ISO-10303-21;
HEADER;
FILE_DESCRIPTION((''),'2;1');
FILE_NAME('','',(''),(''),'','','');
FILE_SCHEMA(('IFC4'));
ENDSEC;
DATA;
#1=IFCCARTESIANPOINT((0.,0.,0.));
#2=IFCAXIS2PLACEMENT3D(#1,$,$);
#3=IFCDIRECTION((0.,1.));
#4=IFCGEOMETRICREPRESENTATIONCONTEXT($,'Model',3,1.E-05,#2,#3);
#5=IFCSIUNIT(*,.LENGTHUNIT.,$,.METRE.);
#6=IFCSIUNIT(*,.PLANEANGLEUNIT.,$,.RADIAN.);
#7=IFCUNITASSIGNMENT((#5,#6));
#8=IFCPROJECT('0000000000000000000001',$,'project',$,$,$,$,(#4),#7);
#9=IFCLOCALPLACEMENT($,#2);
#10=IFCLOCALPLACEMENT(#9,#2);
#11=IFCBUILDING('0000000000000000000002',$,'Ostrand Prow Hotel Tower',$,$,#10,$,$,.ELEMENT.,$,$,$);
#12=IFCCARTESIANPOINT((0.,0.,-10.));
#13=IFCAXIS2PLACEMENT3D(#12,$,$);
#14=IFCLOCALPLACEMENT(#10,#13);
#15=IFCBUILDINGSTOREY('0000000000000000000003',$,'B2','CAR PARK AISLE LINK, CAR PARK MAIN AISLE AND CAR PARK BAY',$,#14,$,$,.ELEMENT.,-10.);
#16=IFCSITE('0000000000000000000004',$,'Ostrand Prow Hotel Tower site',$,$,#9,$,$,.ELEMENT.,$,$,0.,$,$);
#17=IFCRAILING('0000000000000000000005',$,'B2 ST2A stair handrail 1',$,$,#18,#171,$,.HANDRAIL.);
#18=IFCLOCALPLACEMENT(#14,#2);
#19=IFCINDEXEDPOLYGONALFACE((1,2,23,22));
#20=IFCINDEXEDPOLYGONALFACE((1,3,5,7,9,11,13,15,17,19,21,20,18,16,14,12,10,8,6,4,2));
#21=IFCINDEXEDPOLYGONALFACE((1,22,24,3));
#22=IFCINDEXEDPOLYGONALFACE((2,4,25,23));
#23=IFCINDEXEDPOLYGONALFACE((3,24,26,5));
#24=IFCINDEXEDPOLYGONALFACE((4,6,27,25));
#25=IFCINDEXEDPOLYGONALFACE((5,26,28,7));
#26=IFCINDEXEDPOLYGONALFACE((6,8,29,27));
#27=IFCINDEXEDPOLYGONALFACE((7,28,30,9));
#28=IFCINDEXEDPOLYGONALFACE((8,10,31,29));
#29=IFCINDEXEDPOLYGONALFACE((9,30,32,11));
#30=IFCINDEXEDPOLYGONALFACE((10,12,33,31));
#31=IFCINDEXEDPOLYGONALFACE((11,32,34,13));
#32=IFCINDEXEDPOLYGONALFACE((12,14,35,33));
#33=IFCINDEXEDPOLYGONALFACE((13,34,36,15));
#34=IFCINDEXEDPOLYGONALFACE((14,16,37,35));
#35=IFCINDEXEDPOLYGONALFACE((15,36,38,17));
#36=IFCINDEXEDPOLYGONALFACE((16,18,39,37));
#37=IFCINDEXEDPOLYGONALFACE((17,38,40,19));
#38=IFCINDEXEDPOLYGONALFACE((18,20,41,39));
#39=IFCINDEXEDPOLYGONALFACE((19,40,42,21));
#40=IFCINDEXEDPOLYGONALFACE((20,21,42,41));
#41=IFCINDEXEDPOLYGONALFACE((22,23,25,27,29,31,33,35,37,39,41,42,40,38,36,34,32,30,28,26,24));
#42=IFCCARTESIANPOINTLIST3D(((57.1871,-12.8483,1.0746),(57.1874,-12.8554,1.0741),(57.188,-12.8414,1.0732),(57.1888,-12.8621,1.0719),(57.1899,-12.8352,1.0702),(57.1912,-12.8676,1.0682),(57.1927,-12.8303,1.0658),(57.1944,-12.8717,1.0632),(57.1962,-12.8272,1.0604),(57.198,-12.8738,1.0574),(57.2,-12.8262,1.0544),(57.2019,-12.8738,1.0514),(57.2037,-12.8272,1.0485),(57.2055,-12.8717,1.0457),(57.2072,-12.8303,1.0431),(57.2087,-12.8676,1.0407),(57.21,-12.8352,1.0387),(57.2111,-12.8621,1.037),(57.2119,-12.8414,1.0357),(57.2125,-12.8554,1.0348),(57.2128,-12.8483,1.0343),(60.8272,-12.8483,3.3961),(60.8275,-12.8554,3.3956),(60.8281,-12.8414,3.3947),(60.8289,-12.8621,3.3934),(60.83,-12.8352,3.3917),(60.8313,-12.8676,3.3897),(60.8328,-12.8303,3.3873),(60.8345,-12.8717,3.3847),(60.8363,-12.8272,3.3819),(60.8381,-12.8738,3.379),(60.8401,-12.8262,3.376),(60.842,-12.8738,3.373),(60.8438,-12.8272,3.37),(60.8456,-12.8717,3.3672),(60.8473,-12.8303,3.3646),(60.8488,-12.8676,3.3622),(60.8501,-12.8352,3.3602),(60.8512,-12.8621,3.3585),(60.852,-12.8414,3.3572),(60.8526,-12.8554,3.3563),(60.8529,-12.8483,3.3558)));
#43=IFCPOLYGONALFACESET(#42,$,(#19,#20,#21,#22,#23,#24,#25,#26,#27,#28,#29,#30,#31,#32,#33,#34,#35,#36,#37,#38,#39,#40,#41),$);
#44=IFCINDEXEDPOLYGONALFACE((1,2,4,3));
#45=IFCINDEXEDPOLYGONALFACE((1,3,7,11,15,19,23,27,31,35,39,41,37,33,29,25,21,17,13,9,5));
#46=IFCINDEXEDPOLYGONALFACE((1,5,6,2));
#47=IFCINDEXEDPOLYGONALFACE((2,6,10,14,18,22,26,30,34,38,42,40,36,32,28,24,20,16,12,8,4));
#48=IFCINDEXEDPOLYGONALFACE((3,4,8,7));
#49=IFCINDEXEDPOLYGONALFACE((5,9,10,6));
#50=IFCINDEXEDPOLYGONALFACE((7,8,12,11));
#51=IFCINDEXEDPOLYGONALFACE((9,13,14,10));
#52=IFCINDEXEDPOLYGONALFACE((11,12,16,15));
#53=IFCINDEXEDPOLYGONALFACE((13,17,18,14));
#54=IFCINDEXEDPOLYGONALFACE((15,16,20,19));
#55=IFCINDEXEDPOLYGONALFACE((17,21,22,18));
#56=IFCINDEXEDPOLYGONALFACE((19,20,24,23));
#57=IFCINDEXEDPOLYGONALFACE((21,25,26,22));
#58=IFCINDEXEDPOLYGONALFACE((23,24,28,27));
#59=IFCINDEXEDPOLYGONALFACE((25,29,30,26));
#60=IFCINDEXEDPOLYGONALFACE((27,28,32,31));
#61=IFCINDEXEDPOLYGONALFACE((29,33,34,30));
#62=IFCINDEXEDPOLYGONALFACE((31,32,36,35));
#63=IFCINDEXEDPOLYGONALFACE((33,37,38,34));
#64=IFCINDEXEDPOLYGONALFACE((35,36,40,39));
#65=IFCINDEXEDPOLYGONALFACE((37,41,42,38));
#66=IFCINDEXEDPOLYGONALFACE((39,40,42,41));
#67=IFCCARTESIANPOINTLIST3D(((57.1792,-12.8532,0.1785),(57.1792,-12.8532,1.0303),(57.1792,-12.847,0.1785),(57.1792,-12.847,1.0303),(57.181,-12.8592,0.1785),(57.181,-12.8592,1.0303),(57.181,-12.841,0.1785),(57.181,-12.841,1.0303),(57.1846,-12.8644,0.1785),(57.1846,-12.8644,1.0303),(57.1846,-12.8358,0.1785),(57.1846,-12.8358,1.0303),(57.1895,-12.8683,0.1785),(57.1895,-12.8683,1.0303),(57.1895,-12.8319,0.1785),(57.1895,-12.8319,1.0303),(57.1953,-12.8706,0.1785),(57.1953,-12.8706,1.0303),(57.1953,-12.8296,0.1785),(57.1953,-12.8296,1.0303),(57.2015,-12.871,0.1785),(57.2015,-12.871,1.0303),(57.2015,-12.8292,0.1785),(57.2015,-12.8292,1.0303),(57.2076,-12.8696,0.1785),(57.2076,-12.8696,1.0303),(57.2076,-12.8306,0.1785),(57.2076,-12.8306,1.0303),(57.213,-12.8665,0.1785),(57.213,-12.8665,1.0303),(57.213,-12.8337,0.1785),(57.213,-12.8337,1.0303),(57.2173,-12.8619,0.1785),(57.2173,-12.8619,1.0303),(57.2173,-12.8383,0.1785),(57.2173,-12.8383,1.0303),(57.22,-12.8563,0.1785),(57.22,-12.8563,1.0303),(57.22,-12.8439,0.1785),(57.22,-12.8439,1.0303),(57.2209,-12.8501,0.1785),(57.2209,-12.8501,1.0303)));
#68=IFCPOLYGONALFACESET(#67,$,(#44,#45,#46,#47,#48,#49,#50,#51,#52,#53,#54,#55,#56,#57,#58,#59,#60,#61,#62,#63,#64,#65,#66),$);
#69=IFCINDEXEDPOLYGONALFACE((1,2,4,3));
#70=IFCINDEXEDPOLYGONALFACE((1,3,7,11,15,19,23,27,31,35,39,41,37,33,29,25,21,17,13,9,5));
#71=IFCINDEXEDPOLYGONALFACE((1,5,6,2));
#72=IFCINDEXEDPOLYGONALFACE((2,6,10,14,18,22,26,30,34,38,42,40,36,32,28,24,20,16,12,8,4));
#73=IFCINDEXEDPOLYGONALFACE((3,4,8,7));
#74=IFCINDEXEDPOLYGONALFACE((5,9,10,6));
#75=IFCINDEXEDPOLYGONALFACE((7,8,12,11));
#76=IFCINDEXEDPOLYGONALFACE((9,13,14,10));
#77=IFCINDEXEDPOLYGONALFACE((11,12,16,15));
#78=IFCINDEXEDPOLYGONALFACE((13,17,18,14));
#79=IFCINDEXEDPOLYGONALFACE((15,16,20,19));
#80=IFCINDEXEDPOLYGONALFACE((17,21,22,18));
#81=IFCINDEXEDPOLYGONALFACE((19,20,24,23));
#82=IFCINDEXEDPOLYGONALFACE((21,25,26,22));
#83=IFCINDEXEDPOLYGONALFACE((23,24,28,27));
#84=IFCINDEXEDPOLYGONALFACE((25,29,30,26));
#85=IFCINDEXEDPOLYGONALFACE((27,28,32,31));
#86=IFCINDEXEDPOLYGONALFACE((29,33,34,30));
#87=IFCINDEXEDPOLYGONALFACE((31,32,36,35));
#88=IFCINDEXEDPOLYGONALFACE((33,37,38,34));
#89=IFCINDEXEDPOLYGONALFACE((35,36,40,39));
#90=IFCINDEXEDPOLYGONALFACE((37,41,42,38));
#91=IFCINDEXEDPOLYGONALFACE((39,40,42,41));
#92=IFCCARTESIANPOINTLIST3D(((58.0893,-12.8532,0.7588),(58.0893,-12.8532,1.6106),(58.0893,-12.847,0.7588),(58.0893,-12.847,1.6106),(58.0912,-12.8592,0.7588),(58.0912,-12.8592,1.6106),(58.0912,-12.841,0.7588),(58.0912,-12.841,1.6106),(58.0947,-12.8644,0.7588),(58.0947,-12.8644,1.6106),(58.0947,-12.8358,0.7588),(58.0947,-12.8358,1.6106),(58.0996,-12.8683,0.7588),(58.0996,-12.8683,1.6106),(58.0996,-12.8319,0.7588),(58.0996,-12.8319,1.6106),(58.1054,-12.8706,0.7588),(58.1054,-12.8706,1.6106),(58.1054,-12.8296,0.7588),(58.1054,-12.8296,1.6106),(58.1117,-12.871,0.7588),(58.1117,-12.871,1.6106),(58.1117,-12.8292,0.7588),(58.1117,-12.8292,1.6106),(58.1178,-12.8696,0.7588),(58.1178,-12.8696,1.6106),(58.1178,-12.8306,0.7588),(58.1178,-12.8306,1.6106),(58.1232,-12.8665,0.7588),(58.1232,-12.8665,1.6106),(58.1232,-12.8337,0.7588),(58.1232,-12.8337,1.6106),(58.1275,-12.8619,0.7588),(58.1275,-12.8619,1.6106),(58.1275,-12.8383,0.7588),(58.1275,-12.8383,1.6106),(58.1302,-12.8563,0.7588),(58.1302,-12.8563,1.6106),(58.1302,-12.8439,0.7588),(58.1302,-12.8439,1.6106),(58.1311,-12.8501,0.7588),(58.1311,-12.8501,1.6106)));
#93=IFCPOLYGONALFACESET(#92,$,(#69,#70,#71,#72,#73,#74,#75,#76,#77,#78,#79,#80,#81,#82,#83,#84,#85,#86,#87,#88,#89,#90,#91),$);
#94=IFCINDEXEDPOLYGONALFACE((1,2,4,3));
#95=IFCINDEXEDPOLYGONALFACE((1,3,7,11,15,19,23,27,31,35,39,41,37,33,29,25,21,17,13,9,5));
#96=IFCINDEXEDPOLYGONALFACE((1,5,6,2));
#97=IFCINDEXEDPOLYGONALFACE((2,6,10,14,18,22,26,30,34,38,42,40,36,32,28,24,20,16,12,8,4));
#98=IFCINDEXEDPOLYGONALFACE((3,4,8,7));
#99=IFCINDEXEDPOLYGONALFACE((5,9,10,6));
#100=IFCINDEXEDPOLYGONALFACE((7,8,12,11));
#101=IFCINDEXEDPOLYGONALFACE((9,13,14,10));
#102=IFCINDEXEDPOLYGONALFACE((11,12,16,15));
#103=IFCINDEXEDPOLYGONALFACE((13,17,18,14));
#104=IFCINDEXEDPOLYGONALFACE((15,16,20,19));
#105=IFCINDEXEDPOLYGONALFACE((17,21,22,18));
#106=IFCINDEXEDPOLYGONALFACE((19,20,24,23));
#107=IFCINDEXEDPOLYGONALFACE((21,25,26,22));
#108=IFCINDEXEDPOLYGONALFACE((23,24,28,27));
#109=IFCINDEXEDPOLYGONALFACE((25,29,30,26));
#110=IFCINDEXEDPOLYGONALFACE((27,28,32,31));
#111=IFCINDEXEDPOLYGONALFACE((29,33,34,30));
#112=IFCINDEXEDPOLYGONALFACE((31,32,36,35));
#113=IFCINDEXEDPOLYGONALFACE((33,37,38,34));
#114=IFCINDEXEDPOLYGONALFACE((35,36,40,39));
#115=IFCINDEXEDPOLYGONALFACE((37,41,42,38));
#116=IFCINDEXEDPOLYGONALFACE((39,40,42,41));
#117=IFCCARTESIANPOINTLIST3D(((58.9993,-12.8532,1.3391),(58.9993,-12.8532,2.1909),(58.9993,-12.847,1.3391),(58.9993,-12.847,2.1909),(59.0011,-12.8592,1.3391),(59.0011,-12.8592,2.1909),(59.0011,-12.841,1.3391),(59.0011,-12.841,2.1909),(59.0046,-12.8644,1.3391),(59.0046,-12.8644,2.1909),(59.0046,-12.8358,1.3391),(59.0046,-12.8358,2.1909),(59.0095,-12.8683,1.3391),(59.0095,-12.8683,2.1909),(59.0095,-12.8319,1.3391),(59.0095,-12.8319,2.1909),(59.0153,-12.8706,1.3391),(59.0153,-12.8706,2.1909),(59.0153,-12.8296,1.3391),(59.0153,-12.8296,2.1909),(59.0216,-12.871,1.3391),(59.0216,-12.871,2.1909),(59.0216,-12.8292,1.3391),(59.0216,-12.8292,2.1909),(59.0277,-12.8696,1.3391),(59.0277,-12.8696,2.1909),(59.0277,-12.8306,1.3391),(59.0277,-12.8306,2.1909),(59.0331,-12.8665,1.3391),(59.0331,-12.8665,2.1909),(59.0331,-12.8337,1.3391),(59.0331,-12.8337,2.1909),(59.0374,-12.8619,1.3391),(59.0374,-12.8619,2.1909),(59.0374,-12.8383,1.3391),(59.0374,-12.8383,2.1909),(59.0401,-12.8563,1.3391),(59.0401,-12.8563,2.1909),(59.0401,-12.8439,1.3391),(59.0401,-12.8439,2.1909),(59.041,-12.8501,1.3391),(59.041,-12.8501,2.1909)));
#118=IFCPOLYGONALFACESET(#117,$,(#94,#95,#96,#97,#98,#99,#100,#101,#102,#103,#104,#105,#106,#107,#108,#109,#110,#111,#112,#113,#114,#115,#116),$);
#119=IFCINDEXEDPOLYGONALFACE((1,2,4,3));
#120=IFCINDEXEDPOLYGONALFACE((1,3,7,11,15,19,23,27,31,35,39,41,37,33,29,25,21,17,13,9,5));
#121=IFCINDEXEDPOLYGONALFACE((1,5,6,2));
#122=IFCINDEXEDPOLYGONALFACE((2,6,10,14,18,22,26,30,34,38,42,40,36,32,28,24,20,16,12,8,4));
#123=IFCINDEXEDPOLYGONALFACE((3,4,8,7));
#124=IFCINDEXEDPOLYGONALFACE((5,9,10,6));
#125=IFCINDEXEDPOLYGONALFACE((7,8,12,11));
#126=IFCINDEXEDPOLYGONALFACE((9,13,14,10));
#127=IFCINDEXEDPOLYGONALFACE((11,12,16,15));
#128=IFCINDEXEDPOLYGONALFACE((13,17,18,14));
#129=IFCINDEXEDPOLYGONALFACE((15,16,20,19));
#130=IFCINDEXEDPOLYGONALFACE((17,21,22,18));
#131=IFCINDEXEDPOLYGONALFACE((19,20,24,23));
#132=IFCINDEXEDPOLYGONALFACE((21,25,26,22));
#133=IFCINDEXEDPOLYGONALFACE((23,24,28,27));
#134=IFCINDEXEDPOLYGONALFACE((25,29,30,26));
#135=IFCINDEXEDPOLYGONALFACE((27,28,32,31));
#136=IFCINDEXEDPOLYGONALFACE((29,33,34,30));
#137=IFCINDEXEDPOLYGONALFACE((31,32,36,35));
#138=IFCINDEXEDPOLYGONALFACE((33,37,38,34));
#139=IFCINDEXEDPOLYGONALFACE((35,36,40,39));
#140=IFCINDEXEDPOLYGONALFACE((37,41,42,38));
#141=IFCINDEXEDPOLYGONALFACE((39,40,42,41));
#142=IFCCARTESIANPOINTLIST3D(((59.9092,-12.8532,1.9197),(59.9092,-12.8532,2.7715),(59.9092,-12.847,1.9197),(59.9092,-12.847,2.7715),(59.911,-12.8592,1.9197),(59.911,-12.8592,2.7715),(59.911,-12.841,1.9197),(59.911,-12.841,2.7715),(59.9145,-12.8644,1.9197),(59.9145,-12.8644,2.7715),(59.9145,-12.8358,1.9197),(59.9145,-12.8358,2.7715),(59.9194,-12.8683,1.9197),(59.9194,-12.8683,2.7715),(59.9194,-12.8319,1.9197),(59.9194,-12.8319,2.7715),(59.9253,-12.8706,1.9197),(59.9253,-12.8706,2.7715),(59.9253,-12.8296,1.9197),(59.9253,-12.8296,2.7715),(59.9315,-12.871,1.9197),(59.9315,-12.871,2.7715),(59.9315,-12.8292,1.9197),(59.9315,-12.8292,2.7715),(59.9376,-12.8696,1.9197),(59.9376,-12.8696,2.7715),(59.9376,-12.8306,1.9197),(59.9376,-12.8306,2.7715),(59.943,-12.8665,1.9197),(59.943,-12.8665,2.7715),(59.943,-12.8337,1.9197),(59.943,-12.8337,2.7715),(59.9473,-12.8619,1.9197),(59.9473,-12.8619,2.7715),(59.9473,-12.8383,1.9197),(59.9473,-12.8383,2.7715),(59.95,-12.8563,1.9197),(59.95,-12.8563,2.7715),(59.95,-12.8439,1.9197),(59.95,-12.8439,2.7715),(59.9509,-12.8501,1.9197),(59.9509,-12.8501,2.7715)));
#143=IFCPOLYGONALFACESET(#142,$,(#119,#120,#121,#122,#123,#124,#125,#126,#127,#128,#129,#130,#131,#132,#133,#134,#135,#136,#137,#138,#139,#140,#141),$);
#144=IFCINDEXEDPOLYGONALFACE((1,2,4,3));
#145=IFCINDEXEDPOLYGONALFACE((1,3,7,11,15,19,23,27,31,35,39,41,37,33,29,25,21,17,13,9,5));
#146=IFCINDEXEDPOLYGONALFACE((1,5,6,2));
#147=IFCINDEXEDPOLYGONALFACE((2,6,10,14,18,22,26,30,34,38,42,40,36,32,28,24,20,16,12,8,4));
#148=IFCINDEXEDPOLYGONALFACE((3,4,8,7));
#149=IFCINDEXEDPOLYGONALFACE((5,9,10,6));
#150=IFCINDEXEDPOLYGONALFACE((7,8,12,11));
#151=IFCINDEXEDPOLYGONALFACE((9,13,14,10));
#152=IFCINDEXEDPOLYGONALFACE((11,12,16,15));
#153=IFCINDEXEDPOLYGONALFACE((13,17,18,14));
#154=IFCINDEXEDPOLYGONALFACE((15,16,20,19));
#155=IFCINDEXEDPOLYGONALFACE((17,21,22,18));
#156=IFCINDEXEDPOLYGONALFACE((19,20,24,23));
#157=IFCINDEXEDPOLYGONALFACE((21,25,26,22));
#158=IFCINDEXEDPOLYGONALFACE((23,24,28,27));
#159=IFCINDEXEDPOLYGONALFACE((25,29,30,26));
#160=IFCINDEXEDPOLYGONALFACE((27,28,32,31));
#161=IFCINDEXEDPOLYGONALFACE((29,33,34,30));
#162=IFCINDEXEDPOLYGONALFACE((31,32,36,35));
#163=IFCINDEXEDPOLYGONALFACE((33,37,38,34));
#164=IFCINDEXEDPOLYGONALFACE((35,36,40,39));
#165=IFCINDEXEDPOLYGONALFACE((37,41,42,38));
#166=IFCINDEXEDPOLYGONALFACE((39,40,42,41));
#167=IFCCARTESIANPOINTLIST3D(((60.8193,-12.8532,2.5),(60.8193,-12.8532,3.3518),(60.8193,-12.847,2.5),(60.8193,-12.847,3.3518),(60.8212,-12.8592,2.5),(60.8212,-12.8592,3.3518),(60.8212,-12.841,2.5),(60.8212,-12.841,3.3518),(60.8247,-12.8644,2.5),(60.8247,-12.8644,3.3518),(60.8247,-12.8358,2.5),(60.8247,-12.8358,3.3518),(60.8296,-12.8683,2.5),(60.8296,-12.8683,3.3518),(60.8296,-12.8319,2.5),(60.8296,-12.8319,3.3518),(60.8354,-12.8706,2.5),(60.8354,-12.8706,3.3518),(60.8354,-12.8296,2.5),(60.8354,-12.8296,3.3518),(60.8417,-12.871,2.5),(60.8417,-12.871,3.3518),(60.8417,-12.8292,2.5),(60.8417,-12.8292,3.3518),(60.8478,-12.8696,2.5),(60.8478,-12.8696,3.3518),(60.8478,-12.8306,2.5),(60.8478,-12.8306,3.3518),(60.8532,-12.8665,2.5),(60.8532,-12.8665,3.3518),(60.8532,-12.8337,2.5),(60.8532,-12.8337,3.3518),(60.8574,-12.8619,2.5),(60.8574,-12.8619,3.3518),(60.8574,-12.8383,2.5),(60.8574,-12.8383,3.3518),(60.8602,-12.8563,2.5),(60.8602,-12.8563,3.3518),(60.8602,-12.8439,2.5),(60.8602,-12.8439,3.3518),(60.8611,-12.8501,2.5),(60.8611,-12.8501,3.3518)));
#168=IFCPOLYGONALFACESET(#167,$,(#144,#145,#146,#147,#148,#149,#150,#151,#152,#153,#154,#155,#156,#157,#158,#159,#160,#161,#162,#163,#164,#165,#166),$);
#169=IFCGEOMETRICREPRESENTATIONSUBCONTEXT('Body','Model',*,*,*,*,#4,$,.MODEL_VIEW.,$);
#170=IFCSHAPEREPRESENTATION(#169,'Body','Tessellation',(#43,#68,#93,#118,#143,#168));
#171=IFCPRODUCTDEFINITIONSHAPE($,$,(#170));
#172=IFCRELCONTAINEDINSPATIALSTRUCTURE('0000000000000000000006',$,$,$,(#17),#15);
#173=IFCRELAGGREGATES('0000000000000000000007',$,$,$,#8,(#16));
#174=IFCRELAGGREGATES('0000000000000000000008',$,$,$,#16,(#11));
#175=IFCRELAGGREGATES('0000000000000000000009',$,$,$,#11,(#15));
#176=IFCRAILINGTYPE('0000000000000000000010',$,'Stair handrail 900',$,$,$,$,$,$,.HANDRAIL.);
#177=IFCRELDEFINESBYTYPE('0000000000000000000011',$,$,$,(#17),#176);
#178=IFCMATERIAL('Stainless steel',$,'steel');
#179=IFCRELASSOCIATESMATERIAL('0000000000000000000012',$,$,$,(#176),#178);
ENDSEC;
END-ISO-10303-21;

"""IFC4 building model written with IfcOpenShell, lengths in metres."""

from ifc_helpers import new_model, si_unit, direction, frame, origin, origin_2d, place, context, subcontext, project, spatial, circle, extrude, material, type_object, element, save


model = new_model("IFC4")

# Units and contexts
model_context = context("Model", 3, precision=1e-05, world=origin(), true_north=direction((0.0, 1.0)))
body_context = subcontext(model_context, "Body", "Model", "MODEL_VIEW")
ifc_project = project(units=[si_unit("LENGTHUNIT", "METRE"), si_unit("PLANEANGLEUNIT", "RADIAN")], contexts=[model_context])

# Site, building, storey
site_placement = place(None, origin())
site = spatial("IfcSite", under=ifc_project, at=site_placement, Name="Ostrand Prow Hotel Tower site", CompositionType="ELEMENT", RefElevation=0.0)
building_placement = place(site_placement, origin())
building = spatial("IfcBuilding", under=site, at=building_placement, Name="Ostrand Prow Hotel Tower", CompositionType="ELEMENT")
storey_placement = place(building_placement, frame((0.0, 0.0, -10.0)))
storey = spatial("IfcBuildingStorey", under=building, at=storey_placement, Name="B2", Description="CAR PARK AISLE LINK, CAR PARK MAIN AISLE AND CAR PARK BAY", CompositionType="ELEMENT", Elevation=-10.0)

# Railing
ifc_material_1 = material(Name="Stainless steel", Category="steel")
railing_type = type_object("IfcRailingType", Name="Stair handrail 900", PredefinedType="HANDRAIL", material=ifc_material_1)
railing_placement = place(storey_placement, frame((57.2, -12.8501, 0.1785)))
element("IfcRailing", 1, at=railing_placement, inside=storey, type_object=railing_type, Name="B2 ST2A stair handrail 1", PredefinedType="HANDRAIL", context=body_context, shape_type="SweptSolid", body=[
    extrude(circle(Radius=0.0239, at=origin_2d()), frame((0.0, 0.0, 0.876), z_axis=(0.843128, 0.0, 0.537713), x_axis=(0.0, 1.0, 0.0)), (0.0, 0.0, 1.0), 4.3174),
    extrude(circle(Radius=0.021, at=origin_2d()), origin(), (0.0, 0.0, 1.0), 0.8518),
    extrude(circle(Radius=0.021, at=origin_2d()), frame((0.9102, 0.0, 0.5803)), (0.0, 0.0, 1.0), 0.8518),
    extrude(circle(Radius=0.021, at=origin_2d()), frame((1.8201, 0.0, 1.1606)), (0.0, 0.0, 1.0), 0.8518),
    extrude(circle(Radius=0.021, at=origin_2d()), frame((2.73, 0.0, 1.7412)), (0.0, 0.0, 1.0), 0.8518),
    extrude(circle(Radius=0.021, at=origin_2d()), frame((3.6401, 0.0, 2.3215)), (0.0, 0.0, 1.0), 0.8518),
])

save(model, "model.ifc")
